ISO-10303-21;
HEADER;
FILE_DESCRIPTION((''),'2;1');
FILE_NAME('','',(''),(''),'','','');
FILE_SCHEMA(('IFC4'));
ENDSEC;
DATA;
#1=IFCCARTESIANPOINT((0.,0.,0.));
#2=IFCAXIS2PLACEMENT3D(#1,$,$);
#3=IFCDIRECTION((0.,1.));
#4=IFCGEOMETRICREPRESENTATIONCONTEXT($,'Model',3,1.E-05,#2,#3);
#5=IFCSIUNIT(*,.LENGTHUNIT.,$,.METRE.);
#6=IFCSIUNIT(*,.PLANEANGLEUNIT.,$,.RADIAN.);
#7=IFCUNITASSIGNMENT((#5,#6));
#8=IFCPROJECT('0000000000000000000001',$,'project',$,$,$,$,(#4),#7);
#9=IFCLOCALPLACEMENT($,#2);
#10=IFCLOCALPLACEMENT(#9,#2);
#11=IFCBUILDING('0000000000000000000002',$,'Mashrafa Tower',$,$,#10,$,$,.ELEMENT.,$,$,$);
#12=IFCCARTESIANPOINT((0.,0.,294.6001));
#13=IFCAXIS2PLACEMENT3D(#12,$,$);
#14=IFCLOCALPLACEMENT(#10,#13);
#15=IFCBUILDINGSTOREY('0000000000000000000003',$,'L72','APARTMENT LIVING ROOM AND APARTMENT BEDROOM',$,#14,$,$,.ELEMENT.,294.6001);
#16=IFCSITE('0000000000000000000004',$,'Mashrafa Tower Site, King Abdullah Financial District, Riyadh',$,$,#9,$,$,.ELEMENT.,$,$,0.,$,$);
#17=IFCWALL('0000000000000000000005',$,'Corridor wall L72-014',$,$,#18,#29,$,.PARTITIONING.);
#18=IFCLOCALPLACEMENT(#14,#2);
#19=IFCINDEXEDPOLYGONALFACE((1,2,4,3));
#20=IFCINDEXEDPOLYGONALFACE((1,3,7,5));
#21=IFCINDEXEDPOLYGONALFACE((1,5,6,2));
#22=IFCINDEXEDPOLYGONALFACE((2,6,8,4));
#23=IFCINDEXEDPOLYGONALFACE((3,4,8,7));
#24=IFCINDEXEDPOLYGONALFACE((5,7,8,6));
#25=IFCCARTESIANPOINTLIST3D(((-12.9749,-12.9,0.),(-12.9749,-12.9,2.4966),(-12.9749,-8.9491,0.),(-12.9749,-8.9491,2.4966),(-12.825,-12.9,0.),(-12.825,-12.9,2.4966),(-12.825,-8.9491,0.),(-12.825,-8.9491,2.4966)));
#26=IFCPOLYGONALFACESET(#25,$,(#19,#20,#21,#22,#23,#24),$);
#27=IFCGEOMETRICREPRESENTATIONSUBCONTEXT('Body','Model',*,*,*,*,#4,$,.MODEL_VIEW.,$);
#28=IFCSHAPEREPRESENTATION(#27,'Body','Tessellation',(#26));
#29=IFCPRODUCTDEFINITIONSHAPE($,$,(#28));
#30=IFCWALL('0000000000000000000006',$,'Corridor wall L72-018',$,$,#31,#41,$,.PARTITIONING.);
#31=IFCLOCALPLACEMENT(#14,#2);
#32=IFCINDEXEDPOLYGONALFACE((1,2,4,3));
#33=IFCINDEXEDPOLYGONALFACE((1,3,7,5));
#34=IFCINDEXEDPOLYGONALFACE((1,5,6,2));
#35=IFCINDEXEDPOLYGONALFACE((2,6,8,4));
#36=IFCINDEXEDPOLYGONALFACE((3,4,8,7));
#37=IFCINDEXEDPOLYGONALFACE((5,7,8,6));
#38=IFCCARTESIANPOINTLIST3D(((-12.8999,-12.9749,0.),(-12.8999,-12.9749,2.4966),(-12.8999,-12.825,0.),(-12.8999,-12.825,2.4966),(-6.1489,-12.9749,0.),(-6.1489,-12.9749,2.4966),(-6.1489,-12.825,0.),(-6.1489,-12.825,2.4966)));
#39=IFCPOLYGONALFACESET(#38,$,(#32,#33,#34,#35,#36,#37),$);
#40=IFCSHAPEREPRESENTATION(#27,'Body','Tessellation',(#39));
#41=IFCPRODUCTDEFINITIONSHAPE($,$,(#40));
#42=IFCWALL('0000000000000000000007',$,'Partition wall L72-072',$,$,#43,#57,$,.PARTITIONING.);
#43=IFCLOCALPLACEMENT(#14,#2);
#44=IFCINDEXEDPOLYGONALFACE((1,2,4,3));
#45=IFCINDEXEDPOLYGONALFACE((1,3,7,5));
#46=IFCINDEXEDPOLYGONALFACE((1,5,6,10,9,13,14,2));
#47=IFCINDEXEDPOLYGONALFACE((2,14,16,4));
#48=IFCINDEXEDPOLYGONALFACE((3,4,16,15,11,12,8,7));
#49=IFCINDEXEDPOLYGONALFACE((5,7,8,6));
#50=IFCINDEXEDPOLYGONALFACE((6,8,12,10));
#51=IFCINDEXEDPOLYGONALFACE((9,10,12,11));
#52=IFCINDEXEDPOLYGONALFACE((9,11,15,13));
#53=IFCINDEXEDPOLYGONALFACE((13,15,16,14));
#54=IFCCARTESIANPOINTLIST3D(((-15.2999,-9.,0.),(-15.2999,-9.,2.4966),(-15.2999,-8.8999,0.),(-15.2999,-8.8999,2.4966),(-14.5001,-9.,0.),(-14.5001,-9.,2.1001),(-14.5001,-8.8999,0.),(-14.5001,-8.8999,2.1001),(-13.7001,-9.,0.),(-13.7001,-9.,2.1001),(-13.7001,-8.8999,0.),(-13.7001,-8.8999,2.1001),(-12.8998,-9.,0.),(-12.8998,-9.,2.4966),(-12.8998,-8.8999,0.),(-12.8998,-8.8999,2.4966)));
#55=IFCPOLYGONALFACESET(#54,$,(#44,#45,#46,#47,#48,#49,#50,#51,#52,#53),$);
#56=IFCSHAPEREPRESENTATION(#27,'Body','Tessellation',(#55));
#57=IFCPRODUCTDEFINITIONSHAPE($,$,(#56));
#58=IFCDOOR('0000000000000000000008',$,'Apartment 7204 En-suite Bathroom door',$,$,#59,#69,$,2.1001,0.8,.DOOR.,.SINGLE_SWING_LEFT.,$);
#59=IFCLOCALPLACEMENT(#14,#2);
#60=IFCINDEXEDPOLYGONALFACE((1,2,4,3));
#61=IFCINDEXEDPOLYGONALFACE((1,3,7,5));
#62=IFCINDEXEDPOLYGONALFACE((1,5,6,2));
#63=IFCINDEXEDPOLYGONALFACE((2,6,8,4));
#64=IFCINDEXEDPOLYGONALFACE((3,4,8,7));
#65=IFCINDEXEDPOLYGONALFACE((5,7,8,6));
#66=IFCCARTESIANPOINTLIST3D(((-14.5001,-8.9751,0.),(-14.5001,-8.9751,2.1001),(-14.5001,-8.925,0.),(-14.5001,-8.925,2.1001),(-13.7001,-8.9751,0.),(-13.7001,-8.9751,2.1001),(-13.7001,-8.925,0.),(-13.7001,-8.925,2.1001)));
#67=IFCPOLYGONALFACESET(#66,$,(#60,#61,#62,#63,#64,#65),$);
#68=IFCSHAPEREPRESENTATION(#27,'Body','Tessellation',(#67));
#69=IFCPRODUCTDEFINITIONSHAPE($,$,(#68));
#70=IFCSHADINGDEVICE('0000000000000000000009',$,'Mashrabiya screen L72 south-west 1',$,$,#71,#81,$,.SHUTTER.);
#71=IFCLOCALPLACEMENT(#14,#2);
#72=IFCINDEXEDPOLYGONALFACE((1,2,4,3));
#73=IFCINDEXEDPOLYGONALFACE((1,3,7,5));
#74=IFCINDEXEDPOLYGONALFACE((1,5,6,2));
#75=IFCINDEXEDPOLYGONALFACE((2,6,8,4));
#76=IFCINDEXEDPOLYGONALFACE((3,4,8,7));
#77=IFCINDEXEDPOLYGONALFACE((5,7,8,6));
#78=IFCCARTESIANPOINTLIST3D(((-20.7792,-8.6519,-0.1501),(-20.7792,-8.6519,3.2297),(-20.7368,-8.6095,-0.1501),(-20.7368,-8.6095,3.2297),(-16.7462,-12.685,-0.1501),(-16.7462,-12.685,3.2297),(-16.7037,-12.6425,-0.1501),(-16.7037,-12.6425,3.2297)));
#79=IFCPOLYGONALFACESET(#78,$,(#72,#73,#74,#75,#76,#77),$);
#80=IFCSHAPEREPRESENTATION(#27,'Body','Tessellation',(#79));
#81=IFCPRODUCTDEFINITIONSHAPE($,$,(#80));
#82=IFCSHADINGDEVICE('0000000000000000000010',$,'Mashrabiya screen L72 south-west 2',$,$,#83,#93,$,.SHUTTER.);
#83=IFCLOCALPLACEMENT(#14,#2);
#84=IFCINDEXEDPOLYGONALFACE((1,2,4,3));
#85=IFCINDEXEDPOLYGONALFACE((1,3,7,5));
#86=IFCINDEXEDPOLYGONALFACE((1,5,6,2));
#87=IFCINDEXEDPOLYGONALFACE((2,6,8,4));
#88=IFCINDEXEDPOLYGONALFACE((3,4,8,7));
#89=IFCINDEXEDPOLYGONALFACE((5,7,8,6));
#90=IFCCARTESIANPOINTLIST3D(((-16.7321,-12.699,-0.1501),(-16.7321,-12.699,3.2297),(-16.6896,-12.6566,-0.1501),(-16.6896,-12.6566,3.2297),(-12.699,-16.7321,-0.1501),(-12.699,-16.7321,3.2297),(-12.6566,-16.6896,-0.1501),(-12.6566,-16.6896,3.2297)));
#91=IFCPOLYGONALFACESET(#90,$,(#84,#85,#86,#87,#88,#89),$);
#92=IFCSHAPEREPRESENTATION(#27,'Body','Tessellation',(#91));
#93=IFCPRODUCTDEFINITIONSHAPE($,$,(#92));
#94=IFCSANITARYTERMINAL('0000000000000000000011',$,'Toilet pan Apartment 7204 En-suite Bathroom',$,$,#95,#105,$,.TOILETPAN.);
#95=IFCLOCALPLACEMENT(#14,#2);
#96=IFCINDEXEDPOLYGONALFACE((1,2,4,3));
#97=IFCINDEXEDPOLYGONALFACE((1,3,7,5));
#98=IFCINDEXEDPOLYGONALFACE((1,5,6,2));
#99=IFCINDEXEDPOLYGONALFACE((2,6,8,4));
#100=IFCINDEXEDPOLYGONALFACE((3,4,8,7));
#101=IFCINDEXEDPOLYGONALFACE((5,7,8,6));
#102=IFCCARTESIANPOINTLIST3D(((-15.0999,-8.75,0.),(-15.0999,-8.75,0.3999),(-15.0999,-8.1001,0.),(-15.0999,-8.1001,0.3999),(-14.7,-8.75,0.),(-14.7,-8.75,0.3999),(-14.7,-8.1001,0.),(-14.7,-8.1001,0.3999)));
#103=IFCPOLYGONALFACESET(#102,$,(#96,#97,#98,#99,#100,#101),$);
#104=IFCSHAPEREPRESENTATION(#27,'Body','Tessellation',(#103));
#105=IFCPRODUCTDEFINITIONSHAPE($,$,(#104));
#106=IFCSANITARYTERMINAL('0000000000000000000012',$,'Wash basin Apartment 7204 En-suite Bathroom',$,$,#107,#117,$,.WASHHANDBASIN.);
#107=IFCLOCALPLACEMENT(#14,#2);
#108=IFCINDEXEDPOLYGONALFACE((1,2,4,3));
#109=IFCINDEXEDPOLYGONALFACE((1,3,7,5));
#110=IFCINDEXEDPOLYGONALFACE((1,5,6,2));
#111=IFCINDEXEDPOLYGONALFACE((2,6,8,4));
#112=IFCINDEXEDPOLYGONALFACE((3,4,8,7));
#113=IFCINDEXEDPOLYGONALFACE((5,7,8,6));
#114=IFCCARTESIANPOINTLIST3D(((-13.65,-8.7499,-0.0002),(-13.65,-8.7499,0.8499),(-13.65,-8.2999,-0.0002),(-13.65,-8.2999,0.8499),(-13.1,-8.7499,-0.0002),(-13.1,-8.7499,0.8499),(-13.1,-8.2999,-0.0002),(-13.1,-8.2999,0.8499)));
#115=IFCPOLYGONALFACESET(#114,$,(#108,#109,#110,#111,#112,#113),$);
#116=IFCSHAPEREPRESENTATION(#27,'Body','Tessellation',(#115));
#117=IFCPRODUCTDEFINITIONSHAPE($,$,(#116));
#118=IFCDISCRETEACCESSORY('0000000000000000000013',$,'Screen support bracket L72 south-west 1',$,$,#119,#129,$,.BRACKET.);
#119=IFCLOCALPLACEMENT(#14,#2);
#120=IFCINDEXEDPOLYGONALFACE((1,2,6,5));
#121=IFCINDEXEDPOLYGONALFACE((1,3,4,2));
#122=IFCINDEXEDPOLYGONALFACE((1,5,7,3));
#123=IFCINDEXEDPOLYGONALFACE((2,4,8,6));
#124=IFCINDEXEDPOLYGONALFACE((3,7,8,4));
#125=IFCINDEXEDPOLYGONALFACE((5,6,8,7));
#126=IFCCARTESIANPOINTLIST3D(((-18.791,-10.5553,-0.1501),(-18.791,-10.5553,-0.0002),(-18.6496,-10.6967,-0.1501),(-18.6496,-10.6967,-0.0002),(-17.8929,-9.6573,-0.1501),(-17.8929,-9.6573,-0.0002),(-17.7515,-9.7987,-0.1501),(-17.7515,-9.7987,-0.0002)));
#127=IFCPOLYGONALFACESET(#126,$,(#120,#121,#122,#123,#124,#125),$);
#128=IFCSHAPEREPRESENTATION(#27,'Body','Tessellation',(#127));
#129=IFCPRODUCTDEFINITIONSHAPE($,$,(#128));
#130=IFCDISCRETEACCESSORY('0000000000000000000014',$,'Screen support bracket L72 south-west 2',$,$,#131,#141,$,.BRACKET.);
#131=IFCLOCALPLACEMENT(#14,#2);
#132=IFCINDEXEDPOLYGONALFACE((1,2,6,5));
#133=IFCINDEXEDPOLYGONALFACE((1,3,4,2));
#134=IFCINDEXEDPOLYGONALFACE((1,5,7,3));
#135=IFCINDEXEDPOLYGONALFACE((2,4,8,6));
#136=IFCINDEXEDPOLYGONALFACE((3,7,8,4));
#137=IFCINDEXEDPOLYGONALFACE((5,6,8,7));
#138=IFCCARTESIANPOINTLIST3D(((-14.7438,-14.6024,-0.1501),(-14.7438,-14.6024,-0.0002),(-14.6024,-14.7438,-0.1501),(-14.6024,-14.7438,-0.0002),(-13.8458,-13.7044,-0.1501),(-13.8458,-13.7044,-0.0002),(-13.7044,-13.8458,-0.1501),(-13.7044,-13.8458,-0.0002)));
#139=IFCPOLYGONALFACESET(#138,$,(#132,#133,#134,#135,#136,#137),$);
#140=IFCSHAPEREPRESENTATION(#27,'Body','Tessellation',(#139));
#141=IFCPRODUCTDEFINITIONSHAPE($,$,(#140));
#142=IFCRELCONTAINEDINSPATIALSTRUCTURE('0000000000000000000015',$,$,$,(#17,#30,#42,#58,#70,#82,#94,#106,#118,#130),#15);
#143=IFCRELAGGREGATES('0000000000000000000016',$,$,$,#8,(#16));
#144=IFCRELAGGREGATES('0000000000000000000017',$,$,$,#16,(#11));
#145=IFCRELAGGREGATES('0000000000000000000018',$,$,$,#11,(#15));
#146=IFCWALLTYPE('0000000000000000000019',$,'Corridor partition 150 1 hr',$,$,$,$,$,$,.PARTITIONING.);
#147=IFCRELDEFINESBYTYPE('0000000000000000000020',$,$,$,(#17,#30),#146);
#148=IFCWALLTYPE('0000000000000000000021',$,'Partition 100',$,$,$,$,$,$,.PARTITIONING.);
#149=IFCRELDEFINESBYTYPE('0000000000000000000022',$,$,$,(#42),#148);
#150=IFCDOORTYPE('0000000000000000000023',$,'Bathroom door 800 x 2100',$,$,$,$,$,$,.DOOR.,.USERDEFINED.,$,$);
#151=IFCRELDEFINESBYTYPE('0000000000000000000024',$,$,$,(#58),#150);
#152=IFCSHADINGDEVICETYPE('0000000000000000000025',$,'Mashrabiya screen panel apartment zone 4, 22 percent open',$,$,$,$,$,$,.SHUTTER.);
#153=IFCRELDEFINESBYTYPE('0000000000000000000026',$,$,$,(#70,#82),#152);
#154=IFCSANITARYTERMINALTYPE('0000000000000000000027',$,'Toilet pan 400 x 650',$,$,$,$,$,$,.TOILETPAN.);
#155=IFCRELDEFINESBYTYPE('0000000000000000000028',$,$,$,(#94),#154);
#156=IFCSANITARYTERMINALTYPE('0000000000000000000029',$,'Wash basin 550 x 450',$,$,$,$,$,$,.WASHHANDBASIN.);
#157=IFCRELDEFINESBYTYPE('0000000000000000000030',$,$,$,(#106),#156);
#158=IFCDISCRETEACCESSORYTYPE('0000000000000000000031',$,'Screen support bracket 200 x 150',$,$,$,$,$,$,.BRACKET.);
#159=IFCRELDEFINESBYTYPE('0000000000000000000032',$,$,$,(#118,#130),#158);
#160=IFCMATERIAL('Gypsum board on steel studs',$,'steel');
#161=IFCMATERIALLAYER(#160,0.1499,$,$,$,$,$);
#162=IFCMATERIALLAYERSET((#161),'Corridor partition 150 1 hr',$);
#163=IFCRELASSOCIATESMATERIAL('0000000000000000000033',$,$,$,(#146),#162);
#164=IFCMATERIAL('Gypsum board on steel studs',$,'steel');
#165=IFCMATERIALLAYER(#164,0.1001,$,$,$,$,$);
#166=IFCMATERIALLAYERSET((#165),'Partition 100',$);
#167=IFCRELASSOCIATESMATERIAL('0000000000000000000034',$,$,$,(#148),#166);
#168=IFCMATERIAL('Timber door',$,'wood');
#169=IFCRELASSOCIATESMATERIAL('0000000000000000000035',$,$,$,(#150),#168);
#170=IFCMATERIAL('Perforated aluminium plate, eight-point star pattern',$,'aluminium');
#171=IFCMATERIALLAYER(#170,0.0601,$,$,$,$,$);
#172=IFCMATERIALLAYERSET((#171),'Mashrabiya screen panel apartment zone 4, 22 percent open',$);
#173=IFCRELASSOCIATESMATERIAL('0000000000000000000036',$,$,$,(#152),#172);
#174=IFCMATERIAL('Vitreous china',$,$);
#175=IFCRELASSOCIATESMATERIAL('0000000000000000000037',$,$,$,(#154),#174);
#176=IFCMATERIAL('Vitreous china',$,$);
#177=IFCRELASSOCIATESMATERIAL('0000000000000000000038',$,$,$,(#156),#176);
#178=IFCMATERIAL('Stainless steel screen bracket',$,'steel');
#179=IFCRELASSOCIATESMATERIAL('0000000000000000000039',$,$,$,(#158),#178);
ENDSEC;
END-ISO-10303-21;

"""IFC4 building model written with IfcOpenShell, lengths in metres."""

from ifc_helpers import new_model, si_unit, direction, frame, frame_2d, origin, origin_2d, place, context, subcontext, project, spatial, rectangle, extrude, source, transform, mapped, material, layer, layer_set, type_object, type_shapes, element, fill, save


model = new_model("IFC4")

# Units and contexts
model_context = context("Model", 3, precision=1e-05, world=origin(), true_north=direction((0.0, 1.0)))
body_context = subcontext(model_context, "Body", "Model", "MODEL_VIEW")
ifc_project = project(units=[si_unit("LENGTHUNIT", "METRE"), si_unit("PLANEANGLEUNIT", "RADIAN")], contexts=[model_context])

# Site, building, storey
site_placement = place(None, origin())
site = spatial("IfcSite", under=ifc_project, at=site_placement, Name="Mashrafa Tower Site, King Abdullah Financial District, Riyadh", CompositionType="ELEMENT", RefElevation=0.0)
building_placement = place(site_placement, origin())
building = spatial("IfcBuilding", under=site, at=building_placement, Name="Mashrafa Tower", CompositionType="ELEMENT")
storey_placement = place(building_placement, frame((0.0, 0.0, 294.6001)))
storey = spatial("IfcBuildingStorey", under=building, at=storey_placement, Name="L72", Description="APARTMENT LIVING ROOM AND APARTMENT BEDROOM", CompositionType="ELEMENT", Elevation=294.6001)

# Walls
ifc_material_1 = material(Name="Gypsum board on steel studs", Category="steel")
ifc_layer_1 = layer(ifc_material_1, 0.1499)
ifc_layer_set_1 = layer_set([ifc_layer_1], Name="Corridor partition 150 1 hr")
wall_type_1 = type_object("IfcWallType", Name="Corridor partition 150 1 hr", PredefinedType="PARTITIONING", material=ifc_layer_set_1)
wall_1_placement = place(storey_placement, frame((-12.8999, -8.949, 0.0), z_axis=(0.0, 0.0, 1.0), x_axis=(0.0, -1.0, 0.0)))
element("IfcWall", 1, at=wall_1_placement, inside=storey, type_object=wall_type_1, Name="Corridor wall L72-014", PredefinedType="PARTITIONING", context=body_context, shape_type="SweptSolid", body=[
    extrude(rectangle(XDim=3.9509, YDim=0.1499, at=frame_2d((1.9756, 0.0))), origin(), (0.0, 0.0, 1.0), 2.4966),
])
wall_2_placement = place(storey_placement, frame((-12.8999, -12.8999, 0.0), z_axis=(0.0, 0.0, 1.0), x_axis=(1.0, 0.0, 0.0)))
element("IfcWall", 2, at=wall_2_placement, inside=storey, type_object=wall_type_1, Name="Corridor wall L72-018", PredefinedType="PARTITIONING", context=body_context, shape_type="SweptSolid", body=[
    extrude(rectangle(XDim=6.751, YDim=0.1499, at=frame_2d((3.3755, 0.0))), origin(), (0.0, 0.0, 1.0), 2.4966),
])

# Wall, opening, door
ifc_material_2 = material(Name="Gypsum board on steel studs", Category="steel")
ifc_layer_2 = layer(ifc_material_2, 0.1001)
ifc_layer_set_2 = layer_set([ifc_layer_2], Name="Partition 100")
wall_type_2 = type_object("IfcWallType", Name="Partition 100", PredefinedType="PARTITIONING", material=ifc_layer_set_2)
wall_3_placement = place(storey_placement, frame((-15.3, -8.95, 0.0), z_axis=(0.0, 0.0, 1.0), x_axis=(1.0, 0.0, 0.0)))
wall_3 = element("IfcWall", 3, at=wall_3_placement, inside=storey, type_object=wall_type_2, Name="Partition wall L72-072", PredefinedType="PARTITIONING", context=body_context, shape_type="SweptSolid", body=[
    extrude(rectangle(XDim=2.4001, YDim=0.1001, at=frame_2d((1.2002, 0.0))), origin(), (0.0, 0.0, 1.0), 2.4966),
])
opening_placement = place(wall_3_placement, frame((0.8, 0.0, 0.0)))
opening = element("IfcOpeningElement", 4, at=opening_placement, cuts=wall_3, PredefinedType="OPENING", context=body_context, shape_type="SweptSolid", body=[
    extrude(rectangle(XDim=0.8, YDim=2.1001, at=frame_2d((0.3999, 1.05))), frame((0.0, 0.0601, 0.0), z_axis=(0.0, -1.0, 0.0), x_axis=(1.0, 0.0, 0.0)), (0.0, 0.0, 1.0), 0.1201),
])
ifc_material_3 = material(Name="Timber door", Category="wood")
door_type = type_object("IfcDoorType", Name="Bathroom door 800 x 2100", OperationType="USERDEFINED", PredefinedType="DOOR", material=ifc_material_3)
door_placement = place(opening_placement, origin())
door = element("IfcDoor", 5, at=door_placement, inside=storey, type_object=door_type, Name="Apartment 7204 En-suite Bathroom door", OperationType="SINGLE_SWING_LEFT", OverallHeight=2.1001, OverallWidth=0.8, PredefinedType="DOOR", context=body_context, shape_type="SweptSolid", body=[
    extrude(rectangle(XDim=0.8, YDim=2.1001, at=frame_2d((0.3999, 1.05))), frame((0.0, 0.0249, 0.0), z_axis=(0.0, -1.0, 0.0), x_axis=(1.0, 0.0, 0.0)), (0.0, 0.0, 1.0), 0.05),
])
fill(opening, door)

# Shading devices
ifc_material_4 = material(Name="Perforated aluminium plate, eight-point star pattern", Category="aluminium")
ifc_layer_3 = layer(ifc_material_4, 0.0601)
ifc_layer_set_3 = layer_set([ifc_layer_3], Name="Mashrabiya screen panel apartment zone 4, 22 percent open")
shading_device_type = type_object("IfcShadingDeviceType", Name="Mashrabiya screen panel apartment zone 4, 22 percent open", PredefinedType="SHUTTER", material=ifc_layer_set_3)
shared_shape_1 = source(origin(), body_context, "Body", "SweptSolid", [
    extrude(rectangle(XDim=5.7036, YDim=0.0601, at=origin_2d()), origin(), (0.0, 0.0, 1.0), 3.3799),
])
type_shapes(shading_device_type, [shared_shape_1])
for number, where, z_axis, x_axis, name in (
    (6, (-18.7415, -10.6472, -0.1501), (0.0, 0.0, 1.0), (0.707107, -0.707107, 0.0), "Mashrabiya screen L72 south-west 1"),
    (7, (-14.6943, -14.6943, -0.1501), (0.0, 0.0, 1.0), (0.707107, -0.707107, 0.0), "Mashrabiya screen L72 south-west 2"),
):
    element("IfcShadingDevice", number, at=place(storey_placement, frame(where, z_axis=z_axis, x_axis=x_axis)), inside=storey, type_object=shading_device_type, Name=name, PredefinedType="SHUTTER", context=body_context, shape_type="MappedRepresentation", body=[
        mapped(shared_shape_1, transform((0.0, 0.0, 0.0))),
    ])

# Sanitary terminals
ifc_material_5 = material(Name="Vitreous china")
sanitary_terminal_type_1 = type_object("IfcSanitaryTerminalType", Name="Toilet pan 400 x 650", PredefinedType="TOILETPAN", material=ifc_material_5)
sanitary_terminal_1_placement = place(storey_placement, frame((-14.8999, -8.425, 0.0), z_axis=(0.0, 0.0, 1.0), x_axis=(1.0, 0.0, 0.0)))
element("IfcSanitaryTerminal", 8, at=sanitary_terminal_1_placement, inside=storey, type_object=sanitary_terminal_type_1, Name="Toilet pan Apartment 7204 En-suite Bathroom", PredefinedType="TOILETPAN", context=body_context, shape_type="SweptSolid", body=[
    extrude(rectangle(XDim=0.3999, YDim=0.6499, at=origin_2d()), origin(), (0.0, 0.0, 1.0), 0.3999),
])
ifc_material_6 = material(Name="Vitreous china")
sanitary_terminal_type_2 = type_object("IfcSanitaryTerminalType", Name="Wash basin 550 x 450", PredefinedType="WASHHANDBASIN", material=ifc_material_6)
sanitary_terminal_2_placement = place(storey_placement, frame((-13.375, -8.5249, -0.0002), z_axis=(0.0, 0.0, 1.0), x_axis=(1.0, 0.0, 0.0)))
element("IfcSanitaryTerminal", 9, at=sanitary_terminal_2_placement, inside=storey, type_object=sanitary_terminal_type_2, Name="Wash basin Apartment 7204 En-suite Bathroom", PredefinedType="WASHHANDBASIN", context=body_context, shape_type="SweptSolid", body=[
    extrude(rectangle(XDim=0.55, YDim=0.45, at=origin_2d()), origin(), (0.0, 0.0, 1.0), 0.8501),
])

# Discrete accessories
ifc_material_7 = material(Name="Stainless steel screen bracket", Category="steel")
discrete_accessory_type = type_object("IfcDiscreteAccessoryType", Name="Screen support bracket 200 x 150", PredefinedType="BRACKET", material=ifc_material_7)
shared_shape_2 = source(origin(), body_context, "Body", "SweptSolid", [
    extrude(rectangle(XDim=0.2, YDim=1.27, at=origin_2d()), origin(), (0.0, 0.0, 1.0), 0.1499),
])
type_shapes(discrete_accessory_type, [shared_shape_2])
for number, where, z_axis, x_axis, name in (
    (10, (-18.2712, -10.177, -0.1501), (0.0, 0.0, 1.0), (0.707107, -0.707107, 0.0), "Screen support bracket L72 south-west 1"),
    (11, (-14.2241, -14.2241, -0.1501), (0.0, 0.0, 1.0), (0.707107, -0.707107, 0.0), "Screen support bracket L72 south-west 2"),
):
    element("IfcDiscreteAccessory", number, at=place(storey_placement, frame(where, z_axis=z_axis, x_axis=x_axis)), inside=storey, type_object=discrete_accessory_type, Name=name, PredefinedType="BRACKET", context=body_context, shape_type="MappedRepresentation", body=[
        mapped(shared_shape_2, transform((0.0, 0.0, 0.0))),
    ])

save(model, "model.ifc")
